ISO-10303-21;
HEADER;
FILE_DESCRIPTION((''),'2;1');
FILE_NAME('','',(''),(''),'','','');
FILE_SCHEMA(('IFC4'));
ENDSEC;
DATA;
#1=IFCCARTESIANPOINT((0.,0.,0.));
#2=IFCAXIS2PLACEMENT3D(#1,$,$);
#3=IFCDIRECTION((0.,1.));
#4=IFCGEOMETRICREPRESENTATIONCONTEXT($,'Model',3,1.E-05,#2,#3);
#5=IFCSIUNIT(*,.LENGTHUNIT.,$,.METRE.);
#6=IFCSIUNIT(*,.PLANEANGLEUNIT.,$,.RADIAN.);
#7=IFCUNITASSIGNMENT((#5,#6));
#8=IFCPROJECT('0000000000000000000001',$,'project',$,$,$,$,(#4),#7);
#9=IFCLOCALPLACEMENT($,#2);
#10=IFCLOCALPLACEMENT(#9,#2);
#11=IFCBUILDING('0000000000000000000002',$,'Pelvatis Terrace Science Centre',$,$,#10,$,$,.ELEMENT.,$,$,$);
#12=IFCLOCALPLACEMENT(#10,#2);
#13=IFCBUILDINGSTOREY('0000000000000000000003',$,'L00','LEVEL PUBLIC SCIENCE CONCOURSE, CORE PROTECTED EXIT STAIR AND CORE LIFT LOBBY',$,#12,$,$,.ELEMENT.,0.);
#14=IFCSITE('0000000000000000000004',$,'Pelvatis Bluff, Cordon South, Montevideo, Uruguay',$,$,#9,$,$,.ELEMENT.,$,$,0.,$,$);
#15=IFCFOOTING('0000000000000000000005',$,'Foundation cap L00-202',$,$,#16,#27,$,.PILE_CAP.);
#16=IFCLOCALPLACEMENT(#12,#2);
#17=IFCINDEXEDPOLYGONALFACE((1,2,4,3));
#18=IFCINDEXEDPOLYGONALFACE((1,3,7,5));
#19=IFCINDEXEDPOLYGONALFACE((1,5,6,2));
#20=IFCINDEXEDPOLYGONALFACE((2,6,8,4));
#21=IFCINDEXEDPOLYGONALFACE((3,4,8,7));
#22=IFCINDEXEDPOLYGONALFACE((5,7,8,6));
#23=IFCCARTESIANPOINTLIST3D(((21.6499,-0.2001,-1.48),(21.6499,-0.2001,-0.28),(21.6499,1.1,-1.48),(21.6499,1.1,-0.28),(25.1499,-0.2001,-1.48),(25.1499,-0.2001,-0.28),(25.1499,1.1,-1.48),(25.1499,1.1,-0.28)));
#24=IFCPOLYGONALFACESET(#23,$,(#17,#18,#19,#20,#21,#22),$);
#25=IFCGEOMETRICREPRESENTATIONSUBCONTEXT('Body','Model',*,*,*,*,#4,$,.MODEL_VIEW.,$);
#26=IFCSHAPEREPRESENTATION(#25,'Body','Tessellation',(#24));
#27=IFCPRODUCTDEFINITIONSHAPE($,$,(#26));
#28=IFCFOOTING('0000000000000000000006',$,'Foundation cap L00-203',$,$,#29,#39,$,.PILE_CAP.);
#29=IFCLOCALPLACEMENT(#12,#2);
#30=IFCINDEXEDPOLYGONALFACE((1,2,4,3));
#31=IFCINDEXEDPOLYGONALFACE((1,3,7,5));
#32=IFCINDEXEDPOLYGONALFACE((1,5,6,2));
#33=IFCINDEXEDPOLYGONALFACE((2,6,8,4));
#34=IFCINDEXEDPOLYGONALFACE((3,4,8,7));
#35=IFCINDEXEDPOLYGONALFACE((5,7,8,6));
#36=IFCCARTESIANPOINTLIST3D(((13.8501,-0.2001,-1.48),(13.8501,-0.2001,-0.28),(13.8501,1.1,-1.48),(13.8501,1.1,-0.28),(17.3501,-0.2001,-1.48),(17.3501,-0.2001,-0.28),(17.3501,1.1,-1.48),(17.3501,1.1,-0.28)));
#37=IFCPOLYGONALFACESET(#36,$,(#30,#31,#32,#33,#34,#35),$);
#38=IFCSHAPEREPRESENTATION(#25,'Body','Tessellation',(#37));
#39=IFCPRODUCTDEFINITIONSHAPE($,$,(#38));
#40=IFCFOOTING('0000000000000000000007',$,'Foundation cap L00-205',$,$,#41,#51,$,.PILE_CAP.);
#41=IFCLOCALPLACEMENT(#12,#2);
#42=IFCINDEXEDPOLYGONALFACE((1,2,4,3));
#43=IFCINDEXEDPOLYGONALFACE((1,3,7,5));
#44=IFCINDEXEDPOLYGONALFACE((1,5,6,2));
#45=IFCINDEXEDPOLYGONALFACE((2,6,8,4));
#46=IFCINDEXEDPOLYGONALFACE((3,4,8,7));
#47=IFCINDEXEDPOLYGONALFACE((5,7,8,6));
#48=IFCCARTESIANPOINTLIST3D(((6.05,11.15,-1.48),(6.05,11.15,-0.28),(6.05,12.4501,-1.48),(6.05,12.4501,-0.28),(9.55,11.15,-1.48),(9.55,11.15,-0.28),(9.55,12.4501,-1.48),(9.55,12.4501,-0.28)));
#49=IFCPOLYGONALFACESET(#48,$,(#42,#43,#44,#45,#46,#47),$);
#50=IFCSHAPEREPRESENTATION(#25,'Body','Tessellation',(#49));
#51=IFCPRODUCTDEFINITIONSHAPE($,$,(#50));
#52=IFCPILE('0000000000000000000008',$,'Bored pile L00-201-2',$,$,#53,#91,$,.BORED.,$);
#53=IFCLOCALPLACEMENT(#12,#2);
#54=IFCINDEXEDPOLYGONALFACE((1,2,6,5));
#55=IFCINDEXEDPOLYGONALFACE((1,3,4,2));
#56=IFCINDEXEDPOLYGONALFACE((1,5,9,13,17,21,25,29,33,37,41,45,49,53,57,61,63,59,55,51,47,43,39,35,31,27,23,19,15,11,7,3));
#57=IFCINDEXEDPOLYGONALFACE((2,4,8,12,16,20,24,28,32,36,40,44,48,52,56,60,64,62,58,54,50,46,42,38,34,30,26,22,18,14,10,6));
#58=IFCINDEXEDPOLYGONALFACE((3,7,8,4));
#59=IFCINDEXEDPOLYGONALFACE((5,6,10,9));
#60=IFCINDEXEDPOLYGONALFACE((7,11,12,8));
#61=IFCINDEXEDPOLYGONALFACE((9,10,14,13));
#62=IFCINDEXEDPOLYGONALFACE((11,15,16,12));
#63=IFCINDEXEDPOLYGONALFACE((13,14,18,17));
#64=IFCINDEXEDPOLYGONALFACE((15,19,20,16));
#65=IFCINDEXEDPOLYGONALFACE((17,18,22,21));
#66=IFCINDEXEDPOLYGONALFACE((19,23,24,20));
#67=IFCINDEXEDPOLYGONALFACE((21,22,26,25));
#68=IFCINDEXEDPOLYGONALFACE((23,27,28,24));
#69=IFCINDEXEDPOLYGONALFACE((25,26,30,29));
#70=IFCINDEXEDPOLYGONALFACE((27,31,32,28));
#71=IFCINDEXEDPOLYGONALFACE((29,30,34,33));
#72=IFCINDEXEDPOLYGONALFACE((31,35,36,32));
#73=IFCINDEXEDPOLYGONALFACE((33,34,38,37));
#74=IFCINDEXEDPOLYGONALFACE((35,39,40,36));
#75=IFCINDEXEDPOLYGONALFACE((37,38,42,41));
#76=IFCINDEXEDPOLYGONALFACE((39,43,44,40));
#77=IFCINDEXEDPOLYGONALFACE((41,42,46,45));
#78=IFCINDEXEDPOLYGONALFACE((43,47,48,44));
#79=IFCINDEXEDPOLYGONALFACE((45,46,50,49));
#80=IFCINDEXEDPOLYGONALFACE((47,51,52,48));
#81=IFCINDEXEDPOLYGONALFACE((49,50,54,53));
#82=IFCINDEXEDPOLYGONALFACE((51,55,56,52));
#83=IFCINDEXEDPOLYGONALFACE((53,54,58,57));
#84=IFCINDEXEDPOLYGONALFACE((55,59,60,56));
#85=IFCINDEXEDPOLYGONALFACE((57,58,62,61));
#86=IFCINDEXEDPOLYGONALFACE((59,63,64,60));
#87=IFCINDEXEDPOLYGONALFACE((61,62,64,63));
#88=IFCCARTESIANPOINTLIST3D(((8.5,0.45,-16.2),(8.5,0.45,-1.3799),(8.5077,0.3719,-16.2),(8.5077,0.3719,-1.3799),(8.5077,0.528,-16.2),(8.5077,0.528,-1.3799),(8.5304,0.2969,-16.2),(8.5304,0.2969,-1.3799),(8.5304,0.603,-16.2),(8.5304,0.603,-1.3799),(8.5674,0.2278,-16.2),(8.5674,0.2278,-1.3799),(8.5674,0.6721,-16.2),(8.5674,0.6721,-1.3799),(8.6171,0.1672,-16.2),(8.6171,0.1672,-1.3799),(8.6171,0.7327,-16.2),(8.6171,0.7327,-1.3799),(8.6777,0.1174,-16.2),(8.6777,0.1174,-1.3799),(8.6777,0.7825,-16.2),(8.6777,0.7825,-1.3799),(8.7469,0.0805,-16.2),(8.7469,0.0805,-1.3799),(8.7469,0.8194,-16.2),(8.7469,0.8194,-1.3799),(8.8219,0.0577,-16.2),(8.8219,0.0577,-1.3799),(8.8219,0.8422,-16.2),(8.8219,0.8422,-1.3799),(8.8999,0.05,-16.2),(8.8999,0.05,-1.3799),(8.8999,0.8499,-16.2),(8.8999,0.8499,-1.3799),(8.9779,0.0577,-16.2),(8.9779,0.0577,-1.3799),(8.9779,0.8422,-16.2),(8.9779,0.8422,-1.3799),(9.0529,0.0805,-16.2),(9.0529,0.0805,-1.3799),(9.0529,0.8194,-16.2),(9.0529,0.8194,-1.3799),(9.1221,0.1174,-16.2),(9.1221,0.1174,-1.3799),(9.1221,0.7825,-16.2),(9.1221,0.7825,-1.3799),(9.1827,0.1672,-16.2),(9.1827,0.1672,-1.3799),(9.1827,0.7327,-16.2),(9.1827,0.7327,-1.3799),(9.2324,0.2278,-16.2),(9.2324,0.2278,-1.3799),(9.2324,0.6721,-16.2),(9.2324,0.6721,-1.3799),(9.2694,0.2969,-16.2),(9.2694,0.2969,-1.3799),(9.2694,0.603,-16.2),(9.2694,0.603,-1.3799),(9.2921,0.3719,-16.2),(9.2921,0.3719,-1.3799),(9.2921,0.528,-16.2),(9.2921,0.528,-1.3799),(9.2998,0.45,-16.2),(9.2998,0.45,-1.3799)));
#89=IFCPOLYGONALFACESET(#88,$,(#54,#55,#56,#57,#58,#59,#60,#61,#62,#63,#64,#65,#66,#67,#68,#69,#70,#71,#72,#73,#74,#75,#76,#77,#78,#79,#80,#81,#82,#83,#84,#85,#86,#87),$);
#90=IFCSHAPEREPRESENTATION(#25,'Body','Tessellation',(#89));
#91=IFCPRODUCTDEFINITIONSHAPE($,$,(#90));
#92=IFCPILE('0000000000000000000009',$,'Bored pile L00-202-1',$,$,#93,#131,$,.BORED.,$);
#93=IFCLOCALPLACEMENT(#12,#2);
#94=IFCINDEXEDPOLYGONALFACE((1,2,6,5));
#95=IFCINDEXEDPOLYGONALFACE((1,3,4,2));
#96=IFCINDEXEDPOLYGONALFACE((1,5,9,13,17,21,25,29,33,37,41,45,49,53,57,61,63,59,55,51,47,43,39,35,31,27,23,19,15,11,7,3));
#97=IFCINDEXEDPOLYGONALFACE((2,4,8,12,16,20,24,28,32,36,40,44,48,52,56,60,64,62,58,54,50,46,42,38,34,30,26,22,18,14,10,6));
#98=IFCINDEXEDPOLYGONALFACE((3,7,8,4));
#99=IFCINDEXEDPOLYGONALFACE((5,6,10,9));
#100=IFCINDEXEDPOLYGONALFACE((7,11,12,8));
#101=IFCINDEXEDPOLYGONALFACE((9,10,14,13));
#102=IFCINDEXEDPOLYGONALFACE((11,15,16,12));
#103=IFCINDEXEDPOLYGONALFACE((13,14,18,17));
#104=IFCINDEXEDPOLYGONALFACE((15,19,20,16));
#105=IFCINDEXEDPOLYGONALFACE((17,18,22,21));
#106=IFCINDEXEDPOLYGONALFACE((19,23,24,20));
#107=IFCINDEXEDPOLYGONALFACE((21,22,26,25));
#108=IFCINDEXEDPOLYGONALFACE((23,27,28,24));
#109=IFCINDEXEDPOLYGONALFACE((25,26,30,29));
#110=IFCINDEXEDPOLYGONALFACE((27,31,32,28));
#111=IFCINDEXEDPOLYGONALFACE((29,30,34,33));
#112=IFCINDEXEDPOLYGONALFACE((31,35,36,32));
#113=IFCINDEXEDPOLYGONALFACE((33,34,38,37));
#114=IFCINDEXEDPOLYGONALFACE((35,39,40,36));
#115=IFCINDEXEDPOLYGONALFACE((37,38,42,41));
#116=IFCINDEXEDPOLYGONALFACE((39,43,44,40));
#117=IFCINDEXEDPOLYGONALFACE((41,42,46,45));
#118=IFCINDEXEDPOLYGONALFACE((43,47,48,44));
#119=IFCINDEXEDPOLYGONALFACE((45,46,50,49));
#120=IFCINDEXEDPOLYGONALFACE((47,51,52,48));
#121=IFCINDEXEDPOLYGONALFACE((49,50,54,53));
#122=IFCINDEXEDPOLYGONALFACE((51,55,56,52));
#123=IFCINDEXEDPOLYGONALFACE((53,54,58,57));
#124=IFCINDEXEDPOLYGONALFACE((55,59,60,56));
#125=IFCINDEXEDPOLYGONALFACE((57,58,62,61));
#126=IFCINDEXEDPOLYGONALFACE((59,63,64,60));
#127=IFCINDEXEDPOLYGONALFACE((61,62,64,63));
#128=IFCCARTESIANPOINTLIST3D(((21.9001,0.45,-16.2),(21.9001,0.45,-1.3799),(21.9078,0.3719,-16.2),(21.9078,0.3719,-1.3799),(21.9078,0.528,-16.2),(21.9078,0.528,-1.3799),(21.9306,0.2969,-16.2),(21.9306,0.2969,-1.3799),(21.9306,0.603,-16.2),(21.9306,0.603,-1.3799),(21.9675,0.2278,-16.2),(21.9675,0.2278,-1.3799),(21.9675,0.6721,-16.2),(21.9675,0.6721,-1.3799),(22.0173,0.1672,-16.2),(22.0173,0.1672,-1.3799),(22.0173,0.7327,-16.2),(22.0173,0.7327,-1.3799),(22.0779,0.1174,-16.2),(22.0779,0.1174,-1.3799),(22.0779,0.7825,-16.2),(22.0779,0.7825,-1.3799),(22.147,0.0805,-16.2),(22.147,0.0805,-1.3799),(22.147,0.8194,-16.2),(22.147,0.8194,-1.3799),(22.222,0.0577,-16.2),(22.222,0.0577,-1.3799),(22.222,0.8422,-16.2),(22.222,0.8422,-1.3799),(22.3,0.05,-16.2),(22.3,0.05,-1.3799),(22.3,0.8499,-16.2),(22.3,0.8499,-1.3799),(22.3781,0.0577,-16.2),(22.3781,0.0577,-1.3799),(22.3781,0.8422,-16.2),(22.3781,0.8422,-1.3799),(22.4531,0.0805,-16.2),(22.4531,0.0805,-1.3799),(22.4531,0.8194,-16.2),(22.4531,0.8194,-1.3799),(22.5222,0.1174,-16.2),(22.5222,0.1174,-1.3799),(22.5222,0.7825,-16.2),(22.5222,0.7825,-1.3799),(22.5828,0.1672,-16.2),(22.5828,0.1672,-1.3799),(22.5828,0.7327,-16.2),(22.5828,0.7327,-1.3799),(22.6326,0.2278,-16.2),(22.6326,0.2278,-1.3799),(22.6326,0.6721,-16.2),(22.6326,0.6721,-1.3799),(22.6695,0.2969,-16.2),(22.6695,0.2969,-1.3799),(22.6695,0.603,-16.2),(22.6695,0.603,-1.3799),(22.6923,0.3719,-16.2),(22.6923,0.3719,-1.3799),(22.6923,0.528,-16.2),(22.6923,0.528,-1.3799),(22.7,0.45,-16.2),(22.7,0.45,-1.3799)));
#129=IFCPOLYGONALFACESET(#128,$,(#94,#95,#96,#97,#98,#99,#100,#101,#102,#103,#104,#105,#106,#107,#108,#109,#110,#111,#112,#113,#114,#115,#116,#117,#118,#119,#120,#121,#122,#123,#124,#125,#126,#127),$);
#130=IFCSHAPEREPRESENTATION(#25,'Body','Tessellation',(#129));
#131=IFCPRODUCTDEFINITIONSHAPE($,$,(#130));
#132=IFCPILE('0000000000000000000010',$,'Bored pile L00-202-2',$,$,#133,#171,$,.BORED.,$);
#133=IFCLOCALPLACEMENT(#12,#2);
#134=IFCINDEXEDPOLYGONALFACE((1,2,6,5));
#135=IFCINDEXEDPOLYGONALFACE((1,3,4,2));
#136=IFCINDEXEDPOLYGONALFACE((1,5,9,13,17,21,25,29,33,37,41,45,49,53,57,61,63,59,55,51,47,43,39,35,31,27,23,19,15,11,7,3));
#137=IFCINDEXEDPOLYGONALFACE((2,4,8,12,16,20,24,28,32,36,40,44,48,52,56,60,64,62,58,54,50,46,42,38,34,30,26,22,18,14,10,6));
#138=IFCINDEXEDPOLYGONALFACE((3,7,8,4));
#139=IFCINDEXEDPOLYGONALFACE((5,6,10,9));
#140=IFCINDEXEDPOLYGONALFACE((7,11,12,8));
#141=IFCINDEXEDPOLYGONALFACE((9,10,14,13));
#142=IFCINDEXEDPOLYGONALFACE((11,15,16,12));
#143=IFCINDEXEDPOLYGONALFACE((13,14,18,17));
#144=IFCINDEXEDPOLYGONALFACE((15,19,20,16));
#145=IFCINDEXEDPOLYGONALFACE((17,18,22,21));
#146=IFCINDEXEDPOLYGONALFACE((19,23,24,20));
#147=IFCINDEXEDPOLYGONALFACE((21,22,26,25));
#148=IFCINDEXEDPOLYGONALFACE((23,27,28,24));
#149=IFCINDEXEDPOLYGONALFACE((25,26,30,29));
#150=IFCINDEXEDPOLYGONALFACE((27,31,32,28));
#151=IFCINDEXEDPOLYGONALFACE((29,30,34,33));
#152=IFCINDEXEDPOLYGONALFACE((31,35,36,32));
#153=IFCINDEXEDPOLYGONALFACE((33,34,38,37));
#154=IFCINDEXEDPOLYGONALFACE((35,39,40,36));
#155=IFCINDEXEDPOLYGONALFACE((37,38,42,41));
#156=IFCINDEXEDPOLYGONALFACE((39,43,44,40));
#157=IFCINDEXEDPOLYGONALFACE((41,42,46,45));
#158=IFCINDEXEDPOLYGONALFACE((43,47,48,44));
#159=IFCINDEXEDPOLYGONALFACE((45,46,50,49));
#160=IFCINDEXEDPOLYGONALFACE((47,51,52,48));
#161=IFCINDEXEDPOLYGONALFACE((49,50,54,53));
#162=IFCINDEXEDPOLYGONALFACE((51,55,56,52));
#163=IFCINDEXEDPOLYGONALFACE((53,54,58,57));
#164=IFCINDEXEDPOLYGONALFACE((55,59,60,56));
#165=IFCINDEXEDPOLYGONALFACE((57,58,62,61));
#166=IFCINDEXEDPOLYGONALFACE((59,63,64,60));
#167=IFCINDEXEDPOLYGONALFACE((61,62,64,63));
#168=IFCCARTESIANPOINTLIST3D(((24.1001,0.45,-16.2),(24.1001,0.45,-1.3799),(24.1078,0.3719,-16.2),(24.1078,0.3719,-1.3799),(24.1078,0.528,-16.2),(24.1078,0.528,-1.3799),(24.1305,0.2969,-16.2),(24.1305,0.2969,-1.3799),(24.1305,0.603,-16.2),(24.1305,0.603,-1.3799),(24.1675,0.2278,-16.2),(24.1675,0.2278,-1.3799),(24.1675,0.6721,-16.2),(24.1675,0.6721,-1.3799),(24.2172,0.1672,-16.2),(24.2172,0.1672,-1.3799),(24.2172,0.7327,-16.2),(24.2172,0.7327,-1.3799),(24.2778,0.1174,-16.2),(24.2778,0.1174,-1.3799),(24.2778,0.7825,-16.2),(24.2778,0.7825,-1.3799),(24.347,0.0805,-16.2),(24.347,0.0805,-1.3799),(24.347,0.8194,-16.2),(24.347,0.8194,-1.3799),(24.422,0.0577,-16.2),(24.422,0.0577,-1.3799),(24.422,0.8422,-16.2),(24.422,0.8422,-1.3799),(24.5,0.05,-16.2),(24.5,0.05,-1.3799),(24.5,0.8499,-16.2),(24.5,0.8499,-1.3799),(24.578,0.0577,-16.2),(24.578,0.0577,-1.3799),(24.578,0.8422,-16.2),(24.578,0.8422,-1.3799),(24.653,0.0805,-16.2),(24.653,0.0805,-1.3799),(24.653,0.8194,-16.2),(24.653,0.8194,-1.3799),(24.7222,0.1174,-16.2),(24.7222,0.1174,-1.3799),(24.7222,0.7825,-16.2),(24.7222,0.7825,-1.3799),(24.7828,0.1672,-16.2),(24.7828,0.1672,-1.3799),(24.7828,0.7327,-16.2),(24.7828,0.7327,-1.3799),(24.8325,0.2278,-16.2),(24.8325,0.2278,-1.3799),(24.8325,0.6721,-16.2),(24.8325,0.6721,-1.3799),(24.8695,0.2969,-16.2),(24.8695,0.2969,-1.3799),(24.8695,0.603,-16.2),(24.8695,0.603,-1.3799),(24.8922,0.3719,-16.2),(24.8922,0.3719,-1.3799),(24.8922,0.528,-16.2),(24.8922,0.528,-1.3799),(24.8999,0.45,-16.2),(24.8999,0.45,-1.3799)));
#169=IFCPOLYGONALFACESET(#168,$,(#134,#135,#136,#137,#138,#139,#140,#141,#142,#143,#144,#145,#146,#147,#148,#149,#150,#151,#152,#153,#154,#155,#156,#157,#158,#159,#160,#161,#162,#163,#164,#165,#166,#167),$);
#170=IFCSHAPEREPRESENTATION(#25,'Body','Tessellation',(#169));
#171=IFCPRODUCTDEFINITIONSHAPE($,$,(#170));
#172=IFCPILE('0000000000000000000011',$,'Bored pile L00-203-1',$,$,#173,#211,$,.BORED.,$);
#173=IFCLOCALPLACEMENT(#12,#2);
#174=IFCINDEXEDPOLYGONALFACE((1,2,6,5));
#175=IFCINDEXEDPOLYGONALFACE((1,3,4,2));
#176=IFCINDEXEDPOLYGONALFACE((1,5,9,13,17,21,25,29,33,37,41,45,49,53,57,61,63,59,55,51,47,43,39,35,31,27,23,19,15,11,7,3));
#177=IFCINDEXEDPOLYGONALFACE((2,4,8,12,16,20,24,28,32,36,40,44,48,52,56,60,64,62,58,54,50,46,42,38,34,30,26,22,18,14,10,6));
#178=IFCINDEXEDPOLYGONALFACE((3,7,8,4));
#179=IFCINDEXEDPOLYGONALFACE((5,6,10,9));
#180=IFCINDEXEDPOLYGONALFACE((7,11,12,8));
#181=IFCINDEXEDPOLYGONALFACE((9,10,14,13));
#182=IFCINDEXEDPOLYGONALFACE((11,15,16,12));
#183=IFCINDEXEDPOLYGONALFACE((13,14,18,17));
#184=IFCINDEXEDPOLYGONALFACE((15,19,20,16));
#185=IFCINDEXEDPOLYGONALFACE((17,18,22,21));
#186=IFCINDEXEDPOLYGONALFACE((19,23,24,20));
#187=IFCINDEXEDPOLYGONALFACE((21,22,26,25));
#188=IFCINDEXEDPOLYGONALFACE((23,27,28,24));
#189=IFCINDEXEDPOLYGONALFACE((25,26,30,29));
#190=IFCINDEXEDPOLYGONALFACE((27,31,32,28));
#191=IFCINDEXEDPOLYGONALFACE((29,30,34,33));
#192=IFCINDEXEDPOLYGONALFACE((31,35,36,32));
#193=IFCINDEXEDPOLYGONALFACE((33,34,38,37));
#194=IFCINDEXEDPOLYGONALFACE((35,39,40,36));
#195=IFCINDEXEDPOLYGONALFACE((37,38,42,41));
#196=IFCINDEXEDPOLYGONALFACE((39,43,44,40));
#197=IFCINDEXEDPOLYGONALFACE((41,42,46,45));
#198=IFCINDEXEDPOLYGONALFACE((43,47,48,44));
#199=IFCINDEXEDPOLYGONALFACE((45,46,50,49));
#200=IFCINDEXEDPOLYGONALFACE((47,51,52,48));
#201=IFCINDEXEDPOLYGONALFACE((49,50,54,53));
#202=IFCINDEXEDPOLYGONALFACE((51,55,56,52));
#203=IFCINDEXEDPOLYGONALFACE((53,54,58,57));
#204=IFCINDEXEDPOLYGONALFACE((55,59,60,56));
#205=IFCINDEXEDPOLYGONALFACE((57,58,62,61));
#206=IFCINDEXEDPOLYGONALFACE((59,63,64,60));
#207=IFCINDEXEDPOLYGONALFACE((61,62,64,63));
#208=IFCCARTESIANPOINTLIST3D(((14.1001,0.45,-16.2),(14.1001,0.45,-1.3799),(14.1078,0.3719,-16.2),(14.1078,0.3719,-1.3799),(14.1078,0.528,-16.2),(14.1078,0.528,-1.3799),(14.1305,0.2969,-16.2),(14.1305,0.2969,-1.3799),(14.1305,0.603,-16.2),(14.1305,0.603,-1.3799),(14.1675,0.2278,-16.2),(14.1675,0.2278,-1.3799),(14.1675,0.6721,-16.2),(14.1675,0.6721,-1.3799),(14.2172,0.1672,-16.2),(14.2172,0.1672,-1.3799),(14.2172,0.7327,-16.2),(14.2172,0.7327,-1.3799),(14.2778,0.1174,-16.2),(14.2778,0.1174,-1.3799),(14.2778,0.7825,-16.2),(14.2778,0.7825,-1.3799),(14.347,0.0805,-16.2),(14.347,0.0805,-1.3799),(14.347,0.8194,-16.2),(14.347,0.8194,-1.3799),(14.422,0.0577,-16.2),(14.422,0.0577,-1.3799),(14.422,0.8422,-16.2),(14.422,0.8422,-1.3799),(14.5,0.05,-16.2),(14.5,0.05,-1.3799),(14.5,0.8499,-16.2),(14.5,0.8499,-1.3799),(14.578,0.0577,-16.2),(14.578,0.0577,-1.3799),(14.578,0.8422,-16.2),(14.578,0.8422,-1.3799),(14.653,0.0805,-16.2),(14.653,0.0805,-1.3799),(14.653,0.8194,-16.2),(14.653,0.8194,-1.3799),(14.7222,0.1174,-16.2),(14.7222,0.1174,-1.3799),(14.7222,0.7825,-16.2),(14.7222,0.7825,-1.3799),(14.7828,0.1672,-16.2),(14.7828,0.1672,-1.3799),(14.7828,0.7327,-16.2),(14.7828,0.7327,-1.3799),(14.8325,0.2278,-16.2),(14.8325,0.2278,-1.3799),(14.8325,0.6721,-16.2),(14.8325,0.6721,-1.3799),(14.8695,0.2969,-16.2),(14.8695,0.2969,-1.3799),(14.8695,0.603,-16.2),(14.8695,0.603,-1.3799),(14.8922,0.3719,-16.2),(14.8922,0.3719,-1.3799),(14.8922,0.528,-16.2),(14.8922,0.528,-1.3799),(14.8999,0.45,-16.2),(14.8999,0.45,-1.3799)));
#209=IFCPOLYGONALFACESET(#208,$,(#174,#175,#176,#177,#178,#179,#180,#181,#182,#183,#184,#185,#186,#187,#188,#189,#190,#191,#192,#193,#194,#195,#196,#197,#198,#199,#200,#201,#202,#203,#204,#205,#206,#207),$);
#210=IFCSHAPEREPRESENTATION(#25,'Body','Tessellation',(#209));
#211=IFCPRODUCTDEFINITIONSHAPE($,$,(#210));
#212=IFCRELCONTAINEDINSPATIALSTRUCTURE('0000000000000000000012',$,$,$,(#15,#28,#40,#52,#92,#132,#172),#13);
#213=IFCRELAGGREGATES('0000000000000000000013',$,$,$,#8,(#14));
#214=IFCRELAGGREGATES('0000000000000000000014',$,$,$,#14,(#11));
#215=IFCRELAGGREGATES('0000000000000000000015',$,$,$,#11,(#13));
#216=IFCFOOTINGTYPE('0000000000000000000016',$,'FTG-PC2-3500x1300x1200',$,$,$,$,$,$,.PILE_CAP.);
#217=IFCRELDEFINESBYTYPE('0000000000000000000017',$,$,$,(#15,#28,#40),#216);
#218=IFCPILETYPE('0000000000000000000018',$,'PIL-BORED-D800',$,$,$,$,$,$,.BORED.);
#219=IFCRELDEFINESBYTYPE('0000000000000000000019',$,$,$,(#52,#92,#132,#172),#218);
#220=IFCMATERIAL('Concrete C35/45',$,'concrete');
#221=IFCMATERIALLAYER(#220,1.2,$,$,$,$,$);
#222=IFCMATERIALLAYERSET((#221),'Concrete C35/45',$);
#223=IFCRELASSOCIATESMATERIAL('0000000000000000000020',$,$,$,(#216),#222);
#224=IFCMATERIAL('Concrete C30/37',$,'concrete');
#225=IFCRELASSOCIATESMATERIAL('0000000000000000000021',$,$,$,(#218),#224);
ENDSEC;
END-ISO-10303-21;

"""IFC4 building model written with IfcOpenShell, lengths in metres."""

from ifc_helpers import new_model, si_unit, direction, frame, origin, origin_2d, place, context, subcontext, project, spatial, rectangle, circle, extrude, material, layer, layer_set, material_profile, profile_set, type_object, element, save


model = new_model("IFC4")

# Units and contexts
model_context = context("Model", 3, precision=1e-05, world=origin(), true_north=direction((0.0, 1.0)))
body_context = subcontext(model_context, "Body", "Model", "MODEL_VIEW")
ifc_project = project(units=[si_unit("LENGTHUNIT", "METRE"), si_unit("PLANEANGLEUNIT", "RADIAN")], contexts=[model_context])

# Site, building, storey
site_placement = place(None, origin())
site = spatial("IfcSite", under=ifc_project, at=site_placement, Name="Pelvatis Bluff, Cordon South, Montevideo, Uruguay", CompositionType="ELEMENT", RefElevation=0.0)
building_placement = place(site_placement, origin())
building = spatial("IfcBuilding", under=site, at=building_placement, Name="Pelvatis Terrace Science Centre", CompositionType="ELEMENT")
storey_placement = place(building_placement, origin())
storey = spatial("IfcBuildingStorey", under=building, at=storey_placement, Name="L00", Description="LEVEL PUBLIC SCIENCE CONCOURSE, CORE PROTECTED EXIT STAIR AND CORE LIFT LOBBY", CompositionType="ELEMENT", Elevation=0.0)

# Footings
ifc_material_1 = material(Name="Concrete C35/45", Category="concrete")
ifc_layer_1 = layer(ifc_material_1, 1.2)
ifc_layer_set_1 = layer_set([ifc_layer_1], Name="Concrete C35/45")
footing_type = type_object("IfcFootingType", Name="FTG-PC2-3500x1300x1200", PredefinedType="PILE_CAP", material=ifc_layer_set_1)
for number, where, z_axis, x_axis, name in (
    (1, (23.3999, 0.45, -1.48), (0.0, 0.0, 1.0), (1.0, 0.0, 0.0), "Foundation cap L00-202"),
    (2, (15.6001, 0.45, -1.48), (0.0, 0.0, 1.0), (1.0, 0.0, 0.0), "Foundation cap L00-203"),
    (3, (7.8, 11.8, -1.48), (0.0, 0.0, 1.0), (1.0, 0.0, 0.0), "Foundation cap L00-205"),
):
    element("IfcFooting", number, at=place(storey_placement, frame(where, z_axis=z_axis, x_axis=x_axis)), inside=storey, type_object=footing_type, Name=name, PredefinedType="PILE_CAP", context=body_context, shape_type="SweptSolid", body=[
        extrude(rectangle(XDim=3.5, YDim=1.3, at=origin_2d()), origin(), (0.0, 0.0, 1.0), 1.2),
    ])

# Piles
ifc_material_2 = material(Name="Concrete C30/37", Category="concrete")
ifc_material_profile_1 = material_profile(ifc_material_2, circle(Radius=0.3999, at=origin_2d()), Name="PILE D800")
ifc_profile_set_1 = profile_set([ifc_material_profile_1], Name="Concrete C30/37")
pile_type = type_object("IfcPileType", Name="PIL-BORED-D800", PredefinedType="BORED", material=ifc_profile_set_1)
for number, where, z_axis, x_axis, name in (
    (4, (8.8999, 0.45, -1.3799), (0.0, 0.0, -1.0), (1.0, 0.0, 0.0), "Bored pile L00-201-2"),
    (5, (22.3, 0.45, -1.3799), (0.0, 0.0, -1.0), (1.0, 0.0, 0.0), "Bored pile L00-202-1"),
    (6, (24.5, 0.45, -1.3799), (0.0, 0.0, -1.0), (1.0, 0.0, 0.0), "Bored pile L00-202-2"),
    (7, (14.5, 0.45, -1.3799), (0.0, 0.0, -1.0), (1.0, 0.0, 0.0), "Bored pile L00-203-1"),
):
    element("IfcPile", number, at=place(storey_placement, frame(where, z_axis=z_axis, x_axis=x_axis)), inside=storey, type_object=pile_type, Name=name, PredefinedType="BORED", context=body_context, shape_type="SweptSolid", body=[
        extrude(circle(Radius=0.3999, at=origin_2d()), origin(), (0.0, 0.0, 1.0), 14.8201),
    ])

save(model, "model.ifc")
